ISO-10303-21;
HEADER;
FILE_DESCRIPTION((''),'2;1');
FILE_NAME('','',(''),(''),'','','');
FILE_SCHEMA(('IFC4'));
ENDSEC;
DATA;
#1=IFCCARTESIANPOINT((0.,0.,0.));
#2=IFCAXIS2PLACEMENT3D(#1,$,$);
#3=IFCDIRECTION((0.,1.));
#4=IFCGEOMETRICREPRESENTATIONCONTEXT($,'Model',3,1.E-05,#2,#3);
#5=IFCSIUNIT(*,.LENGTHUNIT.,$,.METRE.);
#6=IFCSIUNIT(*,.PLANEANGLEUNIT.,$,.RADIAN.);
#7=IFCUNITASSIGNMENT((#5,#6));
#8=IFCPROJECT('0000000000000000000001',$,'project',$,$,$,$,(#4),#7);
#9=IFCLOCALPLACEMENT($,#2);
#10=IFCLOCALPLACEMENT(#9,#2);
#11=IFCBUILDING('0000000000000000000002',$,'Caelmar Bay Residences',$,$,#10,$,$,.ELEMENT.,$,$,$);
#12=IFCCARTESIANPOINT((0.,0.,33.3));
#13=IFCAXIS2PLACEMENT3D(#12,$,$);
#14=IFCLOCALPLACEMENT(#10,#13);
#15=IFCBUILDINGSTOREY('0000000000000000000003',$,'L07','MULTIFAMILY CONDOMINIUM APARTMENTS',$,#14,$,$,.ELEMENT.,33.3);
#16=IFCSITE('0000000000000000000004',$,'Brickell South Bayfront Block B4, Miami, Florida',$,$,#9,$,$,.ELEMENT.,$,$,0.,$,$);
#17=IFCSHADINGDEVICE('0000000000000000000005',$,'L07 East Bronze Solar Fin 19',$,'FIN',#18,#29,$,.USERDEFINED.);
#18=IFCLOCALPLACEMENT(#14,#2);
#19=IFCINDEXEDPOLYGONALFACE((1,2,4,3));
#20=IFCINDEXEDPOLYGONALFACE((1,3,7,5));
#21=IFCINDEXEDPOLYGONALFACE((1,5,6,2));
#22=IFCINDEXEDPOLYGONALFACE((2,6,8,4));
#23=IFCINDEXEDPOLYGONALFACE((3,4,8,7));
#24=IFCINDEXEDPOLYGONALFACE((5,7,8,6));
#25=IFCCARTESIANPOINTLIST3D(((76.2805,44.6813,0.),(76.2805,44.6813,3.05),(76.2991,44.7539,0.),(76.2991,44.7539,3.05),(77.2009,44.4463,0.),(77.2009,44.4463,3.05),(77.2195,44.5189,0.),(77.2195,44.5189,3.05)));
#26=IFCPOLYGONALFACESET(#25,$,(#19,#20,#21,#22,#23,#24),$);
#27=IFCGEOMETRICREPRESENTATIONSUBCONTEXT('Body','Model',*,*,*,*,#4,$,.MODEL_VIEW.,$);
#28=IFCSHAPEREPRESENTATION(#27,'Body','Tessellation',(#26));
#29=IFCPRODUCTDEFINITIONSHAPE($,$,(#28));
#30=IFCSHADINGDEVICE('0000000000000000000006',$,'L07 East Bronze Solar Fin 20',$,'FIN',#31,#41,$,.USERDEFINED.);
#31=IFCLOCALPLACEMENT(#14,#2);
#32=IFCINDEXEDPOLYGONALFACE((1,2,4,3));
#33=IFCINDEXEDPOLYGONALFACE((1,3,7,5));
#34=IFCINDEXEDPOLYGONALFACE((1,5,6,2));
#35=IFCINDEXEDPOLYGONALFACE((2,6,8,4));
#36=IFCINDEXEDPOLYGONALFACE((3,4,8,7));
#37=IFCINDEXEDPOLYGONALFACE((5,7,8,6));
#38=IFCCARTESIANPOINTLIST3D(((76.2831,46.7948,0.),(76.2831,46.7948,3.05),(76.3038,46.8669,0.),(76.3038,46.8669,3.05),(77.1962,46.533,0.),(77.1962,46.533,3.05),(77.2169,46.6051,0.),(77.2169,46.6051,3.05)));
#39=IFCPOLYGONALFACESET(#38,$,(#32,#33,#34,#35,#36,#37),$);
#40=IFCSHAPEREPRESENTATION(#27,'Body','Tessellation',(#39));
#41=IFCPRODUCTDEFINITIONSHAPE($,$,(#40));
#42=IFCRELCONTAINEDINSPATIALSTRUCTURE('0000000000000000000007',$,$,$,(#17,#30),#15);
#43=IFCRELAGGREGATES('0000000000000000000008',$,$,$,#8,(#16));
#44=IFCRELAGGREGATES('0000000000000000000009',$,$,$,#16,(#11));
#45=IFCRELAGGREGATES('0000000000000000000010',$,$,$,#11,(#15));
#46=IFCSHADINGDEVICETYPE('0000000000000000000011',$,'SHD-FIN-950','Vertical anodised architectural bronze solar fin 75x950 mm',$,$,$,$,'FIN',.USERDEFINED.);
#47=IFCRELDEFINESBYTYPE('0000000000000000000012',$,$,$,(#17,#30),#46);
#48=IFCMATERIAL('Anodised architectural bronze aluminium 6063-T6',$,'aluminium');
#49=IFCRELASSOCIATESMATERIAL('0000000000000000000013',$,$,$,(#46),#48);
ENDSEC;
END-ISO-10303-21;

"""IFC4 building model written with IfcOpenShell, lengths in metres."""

from ifc_helpers import new_model, si_unit, direction, frame, origin, origin_2d, place, context, subcontext, project, spatial, rectangle, extrude, material, material_profile, profile_set, type_object, element, save


model = new_model("IFC4")

# Units and contexts
model_context = context("Model", 3, precision=1e-05, world=origin(), true_north=direction((0.0, 1.0)))
body_context = subcontext(model_context, "Body", "Model", "MODEL_VIEW")
ifc_project = project(units=[si_unit("LENGTHUNIT", "METRE"), si_unit("PLANEANGLEUNIT", "RADIAN")], contexts=[model_context])

# Site, building, storey
site_placement = place(None, origin())
site = spatial("IfcSite", under=ifc_project, at=site_placement, Name="Brickell South Bayfront Block B4, Miami, Florida", CompositionType="ELEMENT", RefElevation=0.0)
building_placement = place(site_placement, origin())
building = spatial("IfcBuilding", under=site, at=building_placement, Name="Caelmar Bay Residences", CompositionType="ELEMENT")
storey_placement = place(building_placement, frame((0.0, 0.0, 33.3)))
storey = spatial("IfcBuildingStorey", under=building, at=storey_placement, Name="L07", Description="MULTIFAMILY CONDOMINIUM APARTMENTS", CompositionType="ELEMENT", Elevation=33.3)

# Shading devices
ifc_material_1 = material(Name="Anodised architectural bronze aluminium 6063-T6", Category="aluminium")
ifc_material_profile_1 = material_profile(ifc_material_1, rectangle(XDim=0.075, YDim=0.95, at=origin_2d()), Name="BRONZE-FIN-75X950")
ifc_profile_set_1 = profile_set([ifc_material_profile_1], Name="Anodised architectural bronze aluminium 6063-T6")
shading_device_type = type_object("IfcShadingDeviceType", Name="SHD-FIN-950", Description="Vertical anodised architectural bronze solar fin 75x950 mm", ElementType="FIN", PredefinedType="USERDEFINED", material=ifc_profile_set_1)
for number, where, z_axis, x_axis, name in (
    (1, (76.75, 44.6001, 0.0), (0.0, 0.0, 1.0), (0.247337, 0.968929, 0.0), "L07 East Bronze Solar Fin 19"),
    (2, (76.75, 46.7, 0.0), (0.0, 0.0, 1.0), (0.275637, 0.961262, 0.0), "L07 East Bronze Solar Fin 20"),
):
    element("IfcShadingDevice", number, at=place(storey_placement, frame(where, z_axis=z_axis, x_axis=x_axis)), inside=storey, type_object=shading_device_type, Name=name, ObjectType="FIN", PredefinedType="USERDEFINED", context=body_context, shape_type="SweptSolid", body=[
        extrude(rectangle(XDim=0.075, YDim=0.95, at=origin_2d()), origin(), (0.0, 0.0, 1.0), 3.05),
    ])

save(model, "model.ifc")
